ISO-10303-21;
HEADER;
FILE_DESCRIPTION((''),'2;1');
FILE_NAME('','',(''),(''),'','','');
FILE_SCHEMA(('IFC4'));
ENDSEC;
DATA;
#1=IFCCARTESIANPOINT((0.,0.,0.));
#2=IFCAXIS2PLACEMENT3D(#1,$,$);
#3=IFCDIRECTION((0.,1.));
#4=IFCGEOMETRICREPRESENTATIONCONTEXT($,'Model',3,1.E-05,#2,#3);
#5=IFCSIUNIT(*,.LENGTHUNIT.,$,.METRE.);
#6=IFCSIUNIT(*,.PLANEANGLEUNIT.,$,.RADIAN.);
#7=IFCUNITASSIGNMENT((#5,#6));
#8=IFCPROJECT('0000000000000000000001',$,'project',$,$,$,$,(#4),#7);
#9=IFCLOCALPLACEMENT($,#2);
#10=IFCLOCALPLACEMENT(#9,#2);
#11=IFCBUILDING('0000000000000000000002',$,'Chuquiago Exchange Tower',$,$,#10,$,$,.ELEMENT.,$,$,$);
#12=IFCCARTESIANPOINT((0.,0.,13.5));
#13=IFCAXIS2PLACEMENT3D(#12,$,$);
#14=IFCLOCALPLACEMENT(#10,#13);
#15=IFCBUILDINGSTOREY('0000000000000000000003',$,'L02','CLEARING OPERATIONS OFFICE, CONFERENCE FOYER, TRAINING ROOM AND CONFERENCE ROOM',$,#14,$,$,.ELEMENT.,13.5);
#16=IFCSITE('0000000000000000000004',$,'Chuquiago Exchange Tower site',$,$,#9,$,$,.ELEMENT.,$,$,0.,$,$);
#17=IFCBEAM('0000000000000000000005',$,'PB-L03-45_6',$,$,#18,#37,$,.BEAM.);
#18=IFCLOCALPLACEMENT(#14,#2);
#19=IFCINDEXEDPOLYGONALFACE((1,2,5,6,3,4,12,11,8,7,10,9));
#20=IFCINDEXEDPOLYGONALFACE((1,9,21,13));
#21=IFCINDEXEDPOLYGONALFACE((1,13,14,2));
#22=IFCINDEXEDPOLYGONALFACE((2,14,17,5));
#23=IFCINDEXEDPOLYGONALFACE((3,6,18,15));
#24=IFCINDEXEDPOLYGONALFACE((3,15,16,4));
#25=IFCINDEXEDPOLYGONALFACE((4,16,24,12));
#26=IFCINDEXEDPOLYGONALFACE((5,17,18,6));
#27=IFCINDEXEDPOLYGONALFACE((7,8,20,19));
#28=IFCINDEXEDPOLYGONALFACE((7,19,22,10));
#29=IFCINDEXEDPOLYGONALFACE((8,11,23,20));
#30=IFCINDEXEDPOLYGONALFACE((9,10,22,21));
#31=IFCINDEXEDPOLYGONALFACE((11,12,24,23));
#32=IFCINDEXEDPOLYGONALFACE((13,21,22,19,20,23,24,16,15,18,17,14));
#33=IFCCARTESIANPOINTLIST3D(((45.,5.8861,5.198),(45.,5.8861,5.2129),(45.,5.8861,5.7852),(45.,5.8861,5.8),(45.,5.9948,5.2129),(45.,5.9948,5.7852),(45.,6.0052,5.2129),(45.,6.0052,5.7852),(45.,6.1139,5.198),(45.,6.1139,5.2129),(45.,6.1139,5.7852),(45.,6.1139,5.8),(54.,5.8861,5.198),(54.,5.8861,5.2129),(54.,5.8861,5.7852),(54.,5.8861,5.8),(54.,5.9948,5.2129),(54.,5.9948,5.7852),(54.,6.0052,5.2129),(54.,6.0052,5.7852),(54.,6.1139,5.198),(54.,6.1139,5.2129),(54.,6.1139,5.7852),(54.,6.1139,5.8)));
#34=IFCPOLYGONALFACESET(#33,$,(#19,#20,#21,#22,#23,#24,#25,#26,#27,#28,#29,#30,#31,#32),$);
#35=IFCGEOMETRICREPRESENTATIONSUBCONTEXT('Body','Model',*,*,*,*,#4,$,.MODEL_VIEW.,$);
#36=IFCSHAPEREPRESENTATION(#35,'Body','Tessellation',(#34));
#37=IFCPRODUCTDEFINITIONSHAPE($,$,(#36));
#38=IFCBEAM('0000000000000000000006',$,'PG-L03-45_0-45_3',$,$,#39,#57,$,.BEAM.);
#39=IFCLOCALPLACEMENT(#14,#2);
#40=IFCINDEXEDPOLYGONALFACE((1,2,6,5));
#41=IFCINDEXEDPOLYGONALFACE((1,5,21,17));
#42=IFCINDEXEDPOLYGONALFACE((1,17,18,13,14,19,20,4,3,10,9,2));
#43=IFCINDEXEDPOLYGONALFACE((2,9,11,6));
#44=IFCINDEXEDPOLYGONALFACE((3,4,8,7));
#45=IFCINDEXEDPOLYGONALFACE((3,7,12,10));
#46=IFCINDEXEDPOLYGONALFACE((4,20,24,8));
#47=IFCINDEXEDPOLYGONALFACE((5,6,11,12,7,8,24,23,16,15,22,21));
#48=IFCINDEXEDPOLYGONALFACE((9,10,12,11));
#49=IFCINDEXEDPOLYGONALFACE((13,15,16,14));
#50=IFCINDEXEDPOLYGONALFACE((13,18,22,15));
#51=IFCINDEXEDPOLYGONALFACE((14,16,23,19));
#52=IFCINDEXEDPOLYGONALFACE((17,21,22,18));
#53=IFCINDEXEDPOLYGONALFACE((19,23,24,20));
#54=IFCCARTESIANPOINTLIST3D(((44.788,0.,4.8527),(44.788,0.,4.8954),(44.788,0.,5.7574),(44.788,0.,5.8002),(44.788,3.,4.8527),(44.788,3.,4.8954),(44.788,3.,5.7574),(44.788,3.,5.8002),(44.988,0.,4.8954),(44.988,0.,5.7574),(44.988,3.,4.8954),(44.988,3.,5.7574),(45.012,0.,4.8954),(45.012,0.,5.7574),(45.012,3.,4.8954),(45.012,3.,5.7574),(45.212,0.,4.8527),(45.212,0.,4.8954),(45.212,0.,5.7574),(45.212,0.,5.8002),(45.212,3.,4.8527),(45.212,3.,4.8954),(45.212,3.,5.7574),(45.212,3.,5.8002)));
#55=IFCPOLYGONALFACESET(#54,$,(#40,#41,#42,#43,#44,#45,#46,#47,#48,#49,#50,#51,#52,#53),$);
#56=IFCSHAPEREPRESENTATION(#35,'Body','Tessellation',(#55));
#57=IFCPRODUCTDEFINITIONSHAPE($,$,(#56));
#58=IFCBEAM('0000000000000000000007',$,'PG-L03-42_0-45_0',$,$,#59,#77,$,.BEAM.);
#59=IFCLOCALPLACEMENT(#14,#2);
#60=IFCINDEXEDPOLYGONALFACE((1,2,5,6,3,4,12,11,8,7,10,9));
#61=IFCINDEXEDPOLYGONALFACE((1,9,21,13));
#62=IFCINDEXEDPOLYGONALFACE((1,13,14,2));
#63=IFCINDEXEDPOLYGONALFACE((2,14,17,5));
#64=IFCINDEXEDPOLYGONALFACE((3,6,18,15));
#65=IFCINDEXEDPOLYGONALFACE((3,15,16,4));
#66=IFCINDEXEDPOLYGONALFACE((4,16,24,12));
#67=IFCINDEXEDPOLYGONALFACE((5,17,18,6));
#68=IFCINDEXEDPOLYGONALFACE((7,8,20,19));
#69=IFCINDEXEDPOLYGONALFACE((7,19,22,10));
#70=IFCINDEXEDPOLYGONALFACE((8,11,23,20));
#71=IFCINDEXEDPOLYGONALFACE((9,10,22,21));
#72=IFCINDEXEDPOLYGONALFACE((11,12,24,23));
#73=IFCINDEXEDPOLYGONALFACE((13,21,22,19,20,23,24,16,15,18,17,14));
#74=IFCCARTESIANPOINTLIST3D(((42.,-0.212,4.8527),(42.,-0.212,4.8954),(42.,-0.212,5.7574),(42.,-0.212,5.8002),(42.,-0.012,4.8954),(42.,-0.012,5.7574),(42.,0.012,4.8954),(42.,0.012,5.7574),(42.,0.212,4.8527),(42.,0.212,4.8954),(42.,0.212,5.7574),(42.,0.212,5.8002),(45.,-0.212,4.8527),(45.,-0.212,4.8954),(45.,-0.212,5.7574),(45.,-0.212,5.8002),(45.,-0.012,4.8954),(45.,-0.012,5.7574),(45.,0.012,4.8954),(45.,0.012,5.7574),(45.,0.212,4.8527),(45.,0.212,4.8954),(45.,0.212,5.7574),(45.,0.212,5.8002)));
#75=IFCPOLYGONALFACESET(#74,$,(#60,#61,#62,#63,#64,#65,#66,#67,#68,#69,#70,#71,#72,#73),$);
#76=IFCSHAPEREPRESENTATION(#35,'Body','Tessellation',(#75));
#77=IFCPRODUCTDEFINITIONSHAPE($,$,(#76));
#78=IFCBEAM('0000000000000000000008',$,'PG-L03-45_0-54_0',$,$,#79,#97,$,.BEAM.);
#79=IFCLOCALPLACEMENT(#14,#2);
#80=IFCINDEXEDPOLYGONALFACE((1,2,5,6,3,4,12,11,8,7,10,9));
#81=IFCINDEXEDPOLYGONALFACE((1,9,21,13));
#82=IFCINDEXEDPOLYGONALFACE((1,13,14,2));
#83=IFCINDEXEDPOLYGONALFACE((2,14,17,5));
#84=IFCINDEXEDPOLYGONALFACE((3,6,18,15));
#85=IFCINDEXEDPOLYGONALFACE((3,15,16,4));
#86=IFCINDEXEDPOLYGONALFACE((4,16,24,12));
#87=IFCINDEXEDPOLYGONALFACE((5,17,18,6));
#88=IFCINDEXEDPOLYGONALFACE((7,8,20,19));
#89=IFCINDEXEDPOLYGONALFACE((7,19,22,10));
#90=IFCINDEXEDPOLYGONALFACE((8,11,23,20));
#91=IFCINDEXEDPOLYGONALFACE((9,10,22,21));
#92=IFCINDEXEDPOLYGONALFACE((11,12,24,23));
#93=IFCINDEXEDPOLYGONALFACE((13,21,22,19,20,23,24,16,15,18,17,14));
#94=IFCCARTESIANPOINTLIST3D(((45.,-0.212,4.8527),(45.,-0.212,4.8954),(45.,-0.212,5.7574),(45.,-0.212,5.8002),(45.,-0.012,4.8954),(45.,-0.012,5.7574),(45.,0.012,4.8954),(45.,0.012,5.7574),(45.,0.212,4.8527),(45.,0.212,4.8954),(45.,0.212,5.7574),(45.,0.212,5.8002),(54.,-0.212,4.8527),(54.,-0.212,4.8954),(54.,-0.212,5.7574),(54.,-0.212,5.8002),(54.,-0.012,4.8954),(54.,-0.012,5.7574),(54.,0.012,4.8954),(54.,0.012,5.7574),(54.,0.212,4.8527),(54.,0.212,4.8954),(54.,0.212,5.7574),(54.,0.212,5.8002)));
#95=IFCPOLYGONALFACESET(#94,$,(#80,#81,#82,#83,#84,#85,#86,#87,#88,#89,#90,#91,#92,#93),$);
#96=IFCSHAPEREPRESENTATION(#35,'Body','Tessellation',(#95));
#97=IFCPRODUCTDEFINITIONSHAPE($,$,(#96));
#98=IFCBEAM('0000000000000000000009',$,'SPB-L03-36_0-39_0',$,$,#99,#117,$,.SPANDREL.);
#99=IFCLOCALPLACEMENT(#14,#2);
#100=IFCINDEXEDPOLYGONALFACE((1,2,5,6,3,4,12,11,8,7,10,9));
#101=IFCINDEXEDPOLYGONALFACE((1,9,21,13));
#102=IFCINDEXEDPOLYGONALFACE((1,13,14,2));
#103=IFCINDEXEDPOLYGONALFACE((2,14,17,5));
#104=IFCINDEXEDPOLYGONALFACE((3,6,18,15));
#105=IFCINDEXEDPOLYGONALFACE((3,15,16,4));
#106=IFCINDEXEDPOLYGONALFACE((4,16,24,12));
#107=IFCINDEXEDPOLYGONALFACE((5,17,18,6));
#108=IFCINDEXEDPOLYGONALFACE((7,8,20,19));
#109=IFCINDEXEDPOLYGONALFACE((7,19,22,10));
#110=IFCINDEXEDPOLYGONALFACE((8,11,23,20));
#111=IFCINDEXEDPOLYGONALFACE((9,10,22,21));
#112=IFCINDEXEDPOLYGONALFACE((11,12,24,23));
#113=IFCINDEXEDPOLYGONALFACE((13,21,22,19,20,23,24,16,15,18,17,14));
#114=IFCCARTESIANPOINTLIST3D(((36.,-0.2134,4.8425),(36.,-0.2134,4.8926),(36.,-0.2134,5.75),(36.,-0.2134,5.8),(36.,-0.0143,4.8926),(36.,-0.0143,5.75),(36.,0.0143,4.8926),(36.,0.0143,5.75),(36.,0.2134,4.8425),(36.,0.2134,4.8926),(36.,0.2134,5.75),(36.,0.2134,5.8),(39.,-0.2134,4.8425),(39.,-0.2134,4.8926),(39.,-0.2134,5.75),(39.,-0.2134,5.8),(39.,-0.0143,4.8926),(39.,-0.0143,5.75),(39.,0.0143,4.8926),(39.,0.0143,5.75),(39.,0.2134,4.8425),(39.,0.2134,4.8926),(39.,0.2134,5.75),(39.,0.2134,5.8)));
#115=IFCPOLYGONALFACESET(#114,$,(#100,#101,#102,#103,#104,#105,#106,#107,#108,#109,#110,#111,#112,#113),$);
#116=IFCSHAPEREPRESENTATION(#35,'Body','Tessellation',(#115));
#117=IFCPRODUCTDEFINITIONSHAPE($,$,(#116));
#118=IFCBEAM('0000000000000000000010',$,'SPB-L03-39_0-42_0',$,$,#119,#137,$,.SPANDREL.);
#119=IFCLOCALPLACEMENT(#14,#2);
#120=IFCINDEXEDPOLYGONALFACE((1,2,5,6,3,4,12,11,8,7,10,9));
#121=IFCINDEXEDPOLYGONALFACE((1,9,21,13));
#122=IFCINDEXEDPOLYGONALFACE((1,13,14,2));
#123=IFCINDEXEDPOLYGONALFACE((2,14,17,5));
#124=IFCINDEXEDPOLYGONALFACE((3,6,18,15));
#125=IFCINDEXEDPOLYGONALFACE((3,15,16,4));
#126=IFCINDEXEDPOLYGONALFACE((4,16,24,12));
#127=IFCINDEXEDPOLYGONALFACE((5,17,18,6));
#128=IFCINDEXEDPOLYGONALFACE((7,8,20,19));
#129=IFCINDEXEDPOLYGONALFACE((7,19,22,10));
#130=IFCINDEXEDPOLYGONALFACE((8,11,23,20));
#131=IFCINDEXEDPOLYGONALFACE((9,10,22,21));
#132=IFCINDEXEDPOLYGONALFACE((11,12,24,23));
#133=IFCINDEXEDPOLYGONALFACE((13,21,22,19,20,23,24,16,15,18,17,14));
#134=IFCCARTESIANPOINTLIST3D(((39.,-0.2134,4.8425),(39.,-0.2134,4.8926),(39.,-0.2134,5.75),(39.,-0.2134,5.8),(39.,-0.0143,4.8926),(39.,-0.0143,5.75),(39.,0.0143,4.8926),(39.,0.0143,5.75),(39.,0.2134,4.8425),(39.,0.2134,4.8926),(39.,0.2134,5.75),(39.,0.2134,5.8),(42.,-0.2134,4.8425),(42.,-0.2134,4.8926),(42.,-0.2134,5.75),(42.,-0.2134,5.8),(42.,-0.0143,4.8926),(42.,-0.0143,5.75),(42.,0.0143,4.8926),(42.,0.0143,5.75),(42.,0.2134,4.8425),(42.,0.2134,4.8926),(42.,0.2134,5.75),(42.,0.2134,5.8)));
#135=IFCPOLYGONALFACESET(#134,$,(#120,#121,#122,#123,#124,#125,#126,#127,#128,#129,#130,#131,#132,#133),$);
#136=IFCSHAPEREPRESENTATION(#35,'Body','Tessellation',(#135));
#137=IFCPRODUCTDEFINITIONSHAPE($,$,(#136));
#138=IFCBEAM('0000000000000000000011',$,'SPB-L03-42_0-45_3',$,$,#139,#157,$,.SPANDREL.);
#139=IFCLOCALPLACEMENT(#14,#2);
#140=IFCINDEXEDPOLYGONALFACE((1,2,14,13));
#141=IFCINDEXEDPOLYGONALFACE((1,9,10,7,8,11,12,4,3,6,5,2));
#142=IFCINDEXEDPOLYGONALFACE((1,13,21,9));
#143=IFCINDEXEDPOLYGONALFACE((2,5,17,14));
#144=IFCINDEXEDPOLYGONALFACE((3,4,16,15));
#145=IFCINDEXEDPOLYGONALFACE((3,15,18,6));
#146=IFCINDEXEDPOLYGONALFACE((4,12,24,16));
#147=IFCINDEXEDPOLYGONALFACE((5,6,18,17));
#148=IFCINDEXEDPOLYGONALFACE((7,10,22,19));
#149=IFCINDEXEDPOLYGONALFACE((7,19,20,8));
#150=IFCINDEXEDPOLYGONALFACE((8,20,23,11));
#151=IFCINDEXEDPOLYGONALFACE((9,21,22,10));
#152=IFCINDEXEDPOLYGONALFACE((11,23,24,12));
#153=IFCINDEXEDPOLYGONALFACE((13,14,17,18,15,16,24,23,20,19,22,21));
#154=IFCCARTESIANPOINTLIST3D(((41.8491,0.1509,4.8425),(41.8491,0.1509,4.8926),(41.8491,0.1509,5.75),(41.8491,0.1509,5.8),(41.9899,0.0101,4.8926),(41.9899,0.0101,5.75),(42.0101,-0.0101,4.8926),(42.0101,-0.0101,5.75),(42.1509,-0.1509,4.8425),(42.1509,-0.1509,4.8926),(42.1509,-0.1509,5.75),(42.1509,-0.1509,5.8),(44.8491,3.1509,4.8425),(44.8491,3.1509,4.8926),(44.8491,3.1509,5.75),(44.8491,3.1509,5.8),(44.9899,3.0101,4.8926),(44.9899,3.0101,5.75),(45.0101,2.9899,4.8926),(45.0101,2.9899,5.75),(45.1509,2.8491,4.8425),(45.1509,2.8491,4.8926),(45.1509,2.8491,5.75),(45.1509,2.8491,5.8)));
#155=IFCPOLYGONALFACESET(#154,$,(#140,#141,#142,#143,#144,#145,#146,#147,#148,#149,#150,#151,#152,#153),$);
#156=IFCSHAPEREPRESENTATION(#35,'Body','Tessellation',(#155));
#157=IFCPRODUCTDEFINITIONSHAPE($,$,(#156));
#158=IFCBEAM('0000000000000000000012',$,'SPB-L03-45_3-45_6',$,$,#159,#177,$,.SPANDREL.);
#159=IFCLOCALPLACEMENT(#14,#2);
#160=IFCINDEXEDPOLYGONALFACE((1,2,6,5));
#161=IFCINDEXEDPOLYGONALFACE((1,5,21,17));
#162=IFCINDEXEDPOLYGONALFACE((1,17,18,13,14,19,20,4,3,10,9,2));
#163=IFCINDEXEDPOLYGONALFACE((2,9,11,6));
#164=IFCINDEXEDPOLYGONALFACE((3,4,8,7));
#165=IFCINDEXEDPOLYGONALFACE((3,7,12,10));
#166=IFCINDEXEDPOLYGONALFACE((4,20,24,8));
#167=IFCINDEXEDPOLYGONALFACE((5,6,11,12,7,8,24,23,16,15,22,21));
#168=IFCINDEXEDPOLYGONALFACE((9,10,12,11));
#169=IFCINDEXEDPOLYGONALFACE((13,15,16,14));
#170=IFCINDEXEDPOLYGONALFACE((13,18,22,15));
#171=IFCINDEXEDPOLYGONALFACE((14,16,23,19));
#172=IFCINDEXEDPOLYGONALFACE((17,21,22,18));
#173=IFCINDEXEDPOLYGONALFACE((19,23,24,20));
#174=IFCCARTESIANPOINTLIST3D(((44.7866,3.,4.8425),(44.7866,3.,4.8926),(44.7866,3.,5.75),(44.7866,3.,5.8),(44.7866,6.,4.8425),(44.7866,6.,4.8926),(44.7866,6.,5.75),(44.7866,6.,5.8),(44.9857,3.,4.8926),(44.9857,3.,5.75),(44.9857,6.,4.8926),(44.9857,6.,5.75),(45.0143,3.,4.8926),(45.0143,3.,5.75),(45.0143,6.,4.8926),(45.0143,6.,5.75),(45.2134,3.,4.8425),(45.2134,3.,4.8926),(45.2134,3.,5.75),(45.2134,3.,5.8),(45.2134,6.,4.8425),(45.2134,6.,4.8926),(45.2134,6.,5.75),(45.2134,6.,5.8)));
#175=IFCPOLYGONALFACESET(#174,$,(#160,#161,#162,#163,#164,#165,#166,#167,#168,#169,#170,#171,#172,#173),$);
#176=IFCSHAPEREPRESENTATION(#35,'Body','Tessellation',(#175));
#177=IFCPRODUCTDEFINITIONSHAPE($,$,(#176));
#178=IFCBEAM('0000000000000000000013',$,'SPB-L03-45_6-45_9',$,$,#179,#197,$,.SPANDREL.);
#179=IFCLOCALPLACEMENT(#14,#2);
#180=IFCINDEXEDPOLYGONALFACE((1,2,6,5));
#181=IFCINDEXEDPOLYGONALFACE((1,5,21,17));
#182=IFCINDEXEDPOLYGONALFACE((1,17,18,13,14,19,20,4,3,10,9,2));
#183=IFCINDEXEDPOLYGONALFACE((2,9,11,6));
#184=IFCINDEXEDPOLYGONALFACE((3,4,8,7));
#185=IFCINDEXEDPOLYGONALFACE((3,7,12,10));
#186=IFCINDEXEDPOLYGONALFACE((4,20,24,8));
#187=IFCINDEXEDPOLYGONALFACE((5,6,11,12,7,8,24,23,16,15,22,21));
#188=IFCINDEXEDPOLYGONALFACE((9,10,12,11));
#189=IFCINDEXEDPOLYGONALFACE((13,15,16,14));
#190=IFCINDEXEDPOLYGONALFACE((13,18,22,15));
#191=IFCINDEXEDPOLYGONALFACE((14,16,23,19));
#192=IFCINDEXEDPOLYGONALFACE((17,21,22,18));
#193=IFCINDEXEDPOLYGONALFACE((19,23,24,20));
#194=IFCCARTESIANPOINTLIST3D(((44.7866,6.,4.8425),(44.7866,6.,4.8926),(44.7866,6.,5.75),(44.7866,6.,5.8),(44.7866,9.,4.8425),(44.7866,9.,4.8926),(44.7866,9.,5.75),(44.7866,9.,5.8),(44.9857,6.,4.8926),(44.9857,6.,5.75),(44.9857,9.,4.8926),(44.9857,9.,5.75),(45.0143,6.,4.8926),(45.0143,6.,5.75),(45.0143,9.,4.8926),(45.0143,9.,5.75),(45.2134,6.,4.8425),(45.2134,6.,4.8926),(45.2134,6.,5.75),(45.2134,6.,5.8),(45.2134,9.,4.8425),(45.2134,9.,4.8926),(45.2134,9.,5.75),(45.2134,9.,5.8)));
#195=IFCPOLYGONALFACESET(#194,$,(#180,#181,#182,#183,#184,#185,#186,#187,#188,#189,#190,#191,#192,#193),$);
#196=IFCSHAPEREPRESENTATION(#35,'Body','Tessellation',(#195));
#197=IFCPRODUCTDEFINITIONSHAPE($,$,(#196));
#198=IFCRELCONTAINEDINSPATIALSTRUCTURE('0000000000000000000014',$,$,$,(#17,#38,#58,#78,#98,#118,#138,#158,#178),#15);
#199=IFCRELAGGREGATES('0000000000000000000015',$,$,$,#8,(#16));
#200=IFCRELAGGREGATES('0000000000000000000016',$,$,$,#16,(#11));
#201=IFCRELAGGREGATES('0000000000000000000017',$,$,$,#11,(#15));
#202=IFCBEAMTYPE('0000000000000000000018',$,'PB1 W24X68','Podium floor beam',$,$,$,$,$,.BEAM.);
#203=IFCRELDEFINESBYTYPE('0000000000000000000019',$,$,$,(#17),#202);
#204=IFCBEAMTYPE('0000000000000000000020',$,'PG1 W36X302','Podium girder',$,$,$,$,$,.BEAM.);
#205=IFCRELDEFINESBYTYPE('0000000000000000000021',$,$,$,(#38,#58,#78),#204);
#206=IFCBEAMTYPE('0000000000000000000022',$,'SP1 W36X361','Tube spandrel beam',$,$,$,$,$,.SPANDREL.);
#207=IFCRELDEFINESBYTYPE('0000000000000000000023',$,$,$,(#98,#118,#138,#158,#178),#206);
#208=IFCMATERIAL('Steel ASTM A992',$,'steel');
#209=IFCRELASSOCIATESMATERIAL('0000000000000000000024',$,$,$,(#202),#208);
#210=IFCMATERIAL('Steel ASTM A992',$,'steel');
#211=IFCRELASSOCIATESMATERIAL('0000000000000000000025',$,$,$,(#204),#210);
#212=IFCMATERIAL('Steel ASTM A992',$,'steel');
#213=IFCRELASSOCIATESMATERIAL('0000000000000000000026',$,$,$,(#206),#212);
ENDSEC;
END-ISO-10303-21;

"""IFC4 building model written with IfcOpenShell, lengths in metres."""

from ifc_helpers import new_model, si_unit, direction, frame, origin, origin_2d, place, context, subcontext, project, spatial, i_section, extrude, material, material_profile, profile_set, type_object, element, save


model = new_model("IFC4")

# Units and contexts
model_context = context("Model", 3, precision=1e-05, world=origin(), true_north=direction((0.0, 1.0)))
body_context = subcontext(model_context, "Body", "Model", "MODEL_VIEW")
ifc_project = project(units=[si_unit("LENGTHUNIT", "METRE"), si_unit("PLANEANGLEUNIT", "RADIAN")], contexts=[model_context])

# Site, building, storey
site_placement = place(None, origin())
site = spatial("IfcSite", under=ifc_project, at=site_placement, Name="Chuquiago Exchange Tower site", CompositionType="ELEMENT", RefElevation=0.0)
building_placement = place(site_placement, origin())
building = spatial("IfcBuilding", under=site, at=building_placement, Name="Chuquiago Exchange Tower", CompositionType="ELEMENT")
storey_placement = place(building_placement, frame((0.0, 0.0, 13.5)))
storey = spatial("IfcBuildingStorey", under=building, at=storey_placement, Name="L02", Description="CLEARING OPERATIONS OFFICE, CONFERENCE FOYER, TRAINING ROOM AND CONFERENCE ROOM", CompositionType="ELEMENT", Elevation=13.5)

# Beams
ifc_material_1 = material(Name="Steel ASTM A992", Category="steel")
ifc_material_profile_1 = material_profile(ifc_material_1, i_section(OverallWidth=0.2278, OverallDepth=0.6021, WebThickness=0.0105, FlangeThickness=0.0149, at=origin_2d()), Name="W24X68")
ifc_profile_set_1 = profile_set([ifc_material_profile_1], Name="Steel ASTM A992")
beam_type_1 = type_object("IfcBeamType", Name="PB1 W24X68", Description="Podium floor beam", PredefinedType="BEAM", material=ifc_profile_set_1)
for number, where, z_axis, x_axis, name in (
    (1, (45.0, 6.0, 5.499), (1.0, 0.0, 0.0), (0.0, 1.0, 0.0), "PB-L03-45_6"),
):
    element("IfcBeam", number, at=place(storey_placement, frame(where, z_axis=z_axis, x_axis=x_axis)), inside=storey, type_object=beam_type_1, Name=name, PredefinedType="BEAM", context=body_context, shape_type="SweptSolid", body=[
        extrude(i_section(OverallWidth=0.2278, OverallDepth=0.6021, WebThickness=0.0105, FlangeThickness=0.0149, at=origin_2d()), origin(), (0.0, 0.0, 1.0), 9.0),
    ])
ifc_material_2 = material(Name="Steel ASTM A992", Category="steel")
ifc_material_profile_2 = material_profile(ifc_material_2, i_section(OverallWidth=0.4241, OverallDepth=0.9475, WebThickness=0.0239, FlangeThickness=0.0427, at=origin_2d()), Name="W36X302")
ifc_profile_set_2 = profile_set([ifc_material_profile_2], Name="Steel ASTM A992")
beam_type_2 = type_object("IfcBeamType", Name="PG1 W36X302", Description="Podium girder", PredefinedType="BEAM", material=ifc_profile_set_2)
for number, where, z_axis, x_axis, name in (
    (2, (45.0, 0.0, 5.3264), (0.0, 1.0, 0.0), (-1.0, 0.0, 0.0), "PG-L03-45_0-45_3"),
    (3, (42.0, 0.0, 5.3264), (1.0, 0.0, 0.0), (0.0, 1.0, 0.0), "PG-L03-42_0-45_0"),
):
    element("IfcBeam", number, at=place(storey_placement, frame(where, z_axis=z_axis, x_axis=x_axis)), inside=storey, type_object=beam_type_2, Name=name, PredefinedType="BEAM", context=body_context, shape_type="SweptSolid", body=[
        extrude(i_section(OverallWidth=0.4241, OverallDepth=0.9475, WebThickness=0.0239, FlangeThickness=0.0427, at=origin_2d()), origin(), (0.0, 0.0, 1.0), 3.0),
    ])
beam_1_placement = place(storey_placement, frame((45.0, 0.0, 5.3264), z_axis=(1.0, 0.0, 0.0), x_axis=(0.0, 1.0, 0.0)))
element("IfcBeam", 4, at=beam_1_placement, inside=storey, type_object=beam_type_2, Name="PG-L03-45_0-54_0", PredefinedType="BEAM", context=body_context, shape_type="SweptSolid", body=[
    extrude(i_section(OverallWidth=0.4241, OverallDepth=0.9475, WebThickness=0.0239, FlangeThickness=0.0427, at=origin_2d()), origin(), (0.0, 0.0, 1.0), 9.0),
])
ifc_material_3 = material(Name="Steel ASTM A992", Category="steel")
ifc_material_profile_3 = material_profile(ifc_material_3, i_section(OverallWidth=0.4268, OverallDepth=0.9575, WebThickness=0.0286, FlangeThickness=0.05, at=origin_2d()), Name="W36X361")
ifc_profile_set_3 = profile_set([ifc_material_profile_3], Name="Steel ASTM A992")
beam_type_3 = type_object("IfcBeamType", Name="SP1 W36X361", Description="Tube spandrel beam", PredefinedType="SPANDREL", material=ifc_profile_set_3)
for number, where, z_axis, x_axis, name in (
    (5, (36.0, 0.0, 5.3213), (1.0, 0.0, 0.0), (0.0, 1.0, 0.0), "SPB-L03-36_0-39_0"),
    (6, (39.0, 0.0, 5.3213), (1.0, 0.0, 0.0), (0.0, 1.0, 0.0), "SPB-L03-39_0-42_0"),
):
    element("IfcBeam", number, at=place(storey_placement, frame(where, z_axis=z_axis, x_axis=x_axis)), inside=storey, type_object=beam_type_3, Name=name, PredefinedType="SPANDREL", context=body_context, shape_type="SweptSolid", body=[
        extrude(i_section(OverallWidth=0.4268, OverallDepth=0.9575, WebThickness=0.0286, FlangeThickness=0.05, at=origin_2d()), origin(), (0.0, 0.0, 1.0), 3.0),
    ])
beam_2_placement = place(storey_placement, frame((42.0, 0.0, 5.3213), z_axis=(0.707107, 0.707107, 0.0), x_axis=(-0.707107, 0.707107, 0.0)))
element("IfcBeam", 7, at=beam_2_placement, inside=storey, type_object=beam_type_3, Name="SPB-L03-42_0-45_3", PredefinedType="SPANDREL", context=body_context, shape_type="SweptSolid", body=[
    extrude(i_section(OverallWidth=0.4268, OverallDepth=0.9575, WebThickness=0.0286, FlangeThickness=0.05, at=origin_2d()), origin(), (0.0, 0.0, 1.0), 4.2427),
])
for number, where, z_axis, x_axis, name in (
    (8, (45.0, 3.0, 5.3213), (0.0, 1.0, 0.0), (-1.0, 0.0, 0.0), "SPB-L03-45_3-45_6"),
    (9, (45.0, 6.0, 5.3213), (0.0, 1.0, 0.0), (-1.0, 0.0, 0.0), "SPB-L03-45_6-45_9"),
):
    element("IfcBeam", number, at=place(storey_placement, frame(where, z_axis=z_axis, x_axis=x_axis)), inside=storey, type_object=beam_type_3, Name=name, PredefinedType="SPANDREL", context=body_context, shape_type="SweptSolid", body=[
        extrude(i_section(OverallWidth=0.4268, OverallDepth=0.9575, WebThickness=0.0286, FlangeThickness=0.05, at=origin_2d()), origin(), (0.0, 0.0, 1.0), 3.0),
    ])

save(model, "model.ifc")
